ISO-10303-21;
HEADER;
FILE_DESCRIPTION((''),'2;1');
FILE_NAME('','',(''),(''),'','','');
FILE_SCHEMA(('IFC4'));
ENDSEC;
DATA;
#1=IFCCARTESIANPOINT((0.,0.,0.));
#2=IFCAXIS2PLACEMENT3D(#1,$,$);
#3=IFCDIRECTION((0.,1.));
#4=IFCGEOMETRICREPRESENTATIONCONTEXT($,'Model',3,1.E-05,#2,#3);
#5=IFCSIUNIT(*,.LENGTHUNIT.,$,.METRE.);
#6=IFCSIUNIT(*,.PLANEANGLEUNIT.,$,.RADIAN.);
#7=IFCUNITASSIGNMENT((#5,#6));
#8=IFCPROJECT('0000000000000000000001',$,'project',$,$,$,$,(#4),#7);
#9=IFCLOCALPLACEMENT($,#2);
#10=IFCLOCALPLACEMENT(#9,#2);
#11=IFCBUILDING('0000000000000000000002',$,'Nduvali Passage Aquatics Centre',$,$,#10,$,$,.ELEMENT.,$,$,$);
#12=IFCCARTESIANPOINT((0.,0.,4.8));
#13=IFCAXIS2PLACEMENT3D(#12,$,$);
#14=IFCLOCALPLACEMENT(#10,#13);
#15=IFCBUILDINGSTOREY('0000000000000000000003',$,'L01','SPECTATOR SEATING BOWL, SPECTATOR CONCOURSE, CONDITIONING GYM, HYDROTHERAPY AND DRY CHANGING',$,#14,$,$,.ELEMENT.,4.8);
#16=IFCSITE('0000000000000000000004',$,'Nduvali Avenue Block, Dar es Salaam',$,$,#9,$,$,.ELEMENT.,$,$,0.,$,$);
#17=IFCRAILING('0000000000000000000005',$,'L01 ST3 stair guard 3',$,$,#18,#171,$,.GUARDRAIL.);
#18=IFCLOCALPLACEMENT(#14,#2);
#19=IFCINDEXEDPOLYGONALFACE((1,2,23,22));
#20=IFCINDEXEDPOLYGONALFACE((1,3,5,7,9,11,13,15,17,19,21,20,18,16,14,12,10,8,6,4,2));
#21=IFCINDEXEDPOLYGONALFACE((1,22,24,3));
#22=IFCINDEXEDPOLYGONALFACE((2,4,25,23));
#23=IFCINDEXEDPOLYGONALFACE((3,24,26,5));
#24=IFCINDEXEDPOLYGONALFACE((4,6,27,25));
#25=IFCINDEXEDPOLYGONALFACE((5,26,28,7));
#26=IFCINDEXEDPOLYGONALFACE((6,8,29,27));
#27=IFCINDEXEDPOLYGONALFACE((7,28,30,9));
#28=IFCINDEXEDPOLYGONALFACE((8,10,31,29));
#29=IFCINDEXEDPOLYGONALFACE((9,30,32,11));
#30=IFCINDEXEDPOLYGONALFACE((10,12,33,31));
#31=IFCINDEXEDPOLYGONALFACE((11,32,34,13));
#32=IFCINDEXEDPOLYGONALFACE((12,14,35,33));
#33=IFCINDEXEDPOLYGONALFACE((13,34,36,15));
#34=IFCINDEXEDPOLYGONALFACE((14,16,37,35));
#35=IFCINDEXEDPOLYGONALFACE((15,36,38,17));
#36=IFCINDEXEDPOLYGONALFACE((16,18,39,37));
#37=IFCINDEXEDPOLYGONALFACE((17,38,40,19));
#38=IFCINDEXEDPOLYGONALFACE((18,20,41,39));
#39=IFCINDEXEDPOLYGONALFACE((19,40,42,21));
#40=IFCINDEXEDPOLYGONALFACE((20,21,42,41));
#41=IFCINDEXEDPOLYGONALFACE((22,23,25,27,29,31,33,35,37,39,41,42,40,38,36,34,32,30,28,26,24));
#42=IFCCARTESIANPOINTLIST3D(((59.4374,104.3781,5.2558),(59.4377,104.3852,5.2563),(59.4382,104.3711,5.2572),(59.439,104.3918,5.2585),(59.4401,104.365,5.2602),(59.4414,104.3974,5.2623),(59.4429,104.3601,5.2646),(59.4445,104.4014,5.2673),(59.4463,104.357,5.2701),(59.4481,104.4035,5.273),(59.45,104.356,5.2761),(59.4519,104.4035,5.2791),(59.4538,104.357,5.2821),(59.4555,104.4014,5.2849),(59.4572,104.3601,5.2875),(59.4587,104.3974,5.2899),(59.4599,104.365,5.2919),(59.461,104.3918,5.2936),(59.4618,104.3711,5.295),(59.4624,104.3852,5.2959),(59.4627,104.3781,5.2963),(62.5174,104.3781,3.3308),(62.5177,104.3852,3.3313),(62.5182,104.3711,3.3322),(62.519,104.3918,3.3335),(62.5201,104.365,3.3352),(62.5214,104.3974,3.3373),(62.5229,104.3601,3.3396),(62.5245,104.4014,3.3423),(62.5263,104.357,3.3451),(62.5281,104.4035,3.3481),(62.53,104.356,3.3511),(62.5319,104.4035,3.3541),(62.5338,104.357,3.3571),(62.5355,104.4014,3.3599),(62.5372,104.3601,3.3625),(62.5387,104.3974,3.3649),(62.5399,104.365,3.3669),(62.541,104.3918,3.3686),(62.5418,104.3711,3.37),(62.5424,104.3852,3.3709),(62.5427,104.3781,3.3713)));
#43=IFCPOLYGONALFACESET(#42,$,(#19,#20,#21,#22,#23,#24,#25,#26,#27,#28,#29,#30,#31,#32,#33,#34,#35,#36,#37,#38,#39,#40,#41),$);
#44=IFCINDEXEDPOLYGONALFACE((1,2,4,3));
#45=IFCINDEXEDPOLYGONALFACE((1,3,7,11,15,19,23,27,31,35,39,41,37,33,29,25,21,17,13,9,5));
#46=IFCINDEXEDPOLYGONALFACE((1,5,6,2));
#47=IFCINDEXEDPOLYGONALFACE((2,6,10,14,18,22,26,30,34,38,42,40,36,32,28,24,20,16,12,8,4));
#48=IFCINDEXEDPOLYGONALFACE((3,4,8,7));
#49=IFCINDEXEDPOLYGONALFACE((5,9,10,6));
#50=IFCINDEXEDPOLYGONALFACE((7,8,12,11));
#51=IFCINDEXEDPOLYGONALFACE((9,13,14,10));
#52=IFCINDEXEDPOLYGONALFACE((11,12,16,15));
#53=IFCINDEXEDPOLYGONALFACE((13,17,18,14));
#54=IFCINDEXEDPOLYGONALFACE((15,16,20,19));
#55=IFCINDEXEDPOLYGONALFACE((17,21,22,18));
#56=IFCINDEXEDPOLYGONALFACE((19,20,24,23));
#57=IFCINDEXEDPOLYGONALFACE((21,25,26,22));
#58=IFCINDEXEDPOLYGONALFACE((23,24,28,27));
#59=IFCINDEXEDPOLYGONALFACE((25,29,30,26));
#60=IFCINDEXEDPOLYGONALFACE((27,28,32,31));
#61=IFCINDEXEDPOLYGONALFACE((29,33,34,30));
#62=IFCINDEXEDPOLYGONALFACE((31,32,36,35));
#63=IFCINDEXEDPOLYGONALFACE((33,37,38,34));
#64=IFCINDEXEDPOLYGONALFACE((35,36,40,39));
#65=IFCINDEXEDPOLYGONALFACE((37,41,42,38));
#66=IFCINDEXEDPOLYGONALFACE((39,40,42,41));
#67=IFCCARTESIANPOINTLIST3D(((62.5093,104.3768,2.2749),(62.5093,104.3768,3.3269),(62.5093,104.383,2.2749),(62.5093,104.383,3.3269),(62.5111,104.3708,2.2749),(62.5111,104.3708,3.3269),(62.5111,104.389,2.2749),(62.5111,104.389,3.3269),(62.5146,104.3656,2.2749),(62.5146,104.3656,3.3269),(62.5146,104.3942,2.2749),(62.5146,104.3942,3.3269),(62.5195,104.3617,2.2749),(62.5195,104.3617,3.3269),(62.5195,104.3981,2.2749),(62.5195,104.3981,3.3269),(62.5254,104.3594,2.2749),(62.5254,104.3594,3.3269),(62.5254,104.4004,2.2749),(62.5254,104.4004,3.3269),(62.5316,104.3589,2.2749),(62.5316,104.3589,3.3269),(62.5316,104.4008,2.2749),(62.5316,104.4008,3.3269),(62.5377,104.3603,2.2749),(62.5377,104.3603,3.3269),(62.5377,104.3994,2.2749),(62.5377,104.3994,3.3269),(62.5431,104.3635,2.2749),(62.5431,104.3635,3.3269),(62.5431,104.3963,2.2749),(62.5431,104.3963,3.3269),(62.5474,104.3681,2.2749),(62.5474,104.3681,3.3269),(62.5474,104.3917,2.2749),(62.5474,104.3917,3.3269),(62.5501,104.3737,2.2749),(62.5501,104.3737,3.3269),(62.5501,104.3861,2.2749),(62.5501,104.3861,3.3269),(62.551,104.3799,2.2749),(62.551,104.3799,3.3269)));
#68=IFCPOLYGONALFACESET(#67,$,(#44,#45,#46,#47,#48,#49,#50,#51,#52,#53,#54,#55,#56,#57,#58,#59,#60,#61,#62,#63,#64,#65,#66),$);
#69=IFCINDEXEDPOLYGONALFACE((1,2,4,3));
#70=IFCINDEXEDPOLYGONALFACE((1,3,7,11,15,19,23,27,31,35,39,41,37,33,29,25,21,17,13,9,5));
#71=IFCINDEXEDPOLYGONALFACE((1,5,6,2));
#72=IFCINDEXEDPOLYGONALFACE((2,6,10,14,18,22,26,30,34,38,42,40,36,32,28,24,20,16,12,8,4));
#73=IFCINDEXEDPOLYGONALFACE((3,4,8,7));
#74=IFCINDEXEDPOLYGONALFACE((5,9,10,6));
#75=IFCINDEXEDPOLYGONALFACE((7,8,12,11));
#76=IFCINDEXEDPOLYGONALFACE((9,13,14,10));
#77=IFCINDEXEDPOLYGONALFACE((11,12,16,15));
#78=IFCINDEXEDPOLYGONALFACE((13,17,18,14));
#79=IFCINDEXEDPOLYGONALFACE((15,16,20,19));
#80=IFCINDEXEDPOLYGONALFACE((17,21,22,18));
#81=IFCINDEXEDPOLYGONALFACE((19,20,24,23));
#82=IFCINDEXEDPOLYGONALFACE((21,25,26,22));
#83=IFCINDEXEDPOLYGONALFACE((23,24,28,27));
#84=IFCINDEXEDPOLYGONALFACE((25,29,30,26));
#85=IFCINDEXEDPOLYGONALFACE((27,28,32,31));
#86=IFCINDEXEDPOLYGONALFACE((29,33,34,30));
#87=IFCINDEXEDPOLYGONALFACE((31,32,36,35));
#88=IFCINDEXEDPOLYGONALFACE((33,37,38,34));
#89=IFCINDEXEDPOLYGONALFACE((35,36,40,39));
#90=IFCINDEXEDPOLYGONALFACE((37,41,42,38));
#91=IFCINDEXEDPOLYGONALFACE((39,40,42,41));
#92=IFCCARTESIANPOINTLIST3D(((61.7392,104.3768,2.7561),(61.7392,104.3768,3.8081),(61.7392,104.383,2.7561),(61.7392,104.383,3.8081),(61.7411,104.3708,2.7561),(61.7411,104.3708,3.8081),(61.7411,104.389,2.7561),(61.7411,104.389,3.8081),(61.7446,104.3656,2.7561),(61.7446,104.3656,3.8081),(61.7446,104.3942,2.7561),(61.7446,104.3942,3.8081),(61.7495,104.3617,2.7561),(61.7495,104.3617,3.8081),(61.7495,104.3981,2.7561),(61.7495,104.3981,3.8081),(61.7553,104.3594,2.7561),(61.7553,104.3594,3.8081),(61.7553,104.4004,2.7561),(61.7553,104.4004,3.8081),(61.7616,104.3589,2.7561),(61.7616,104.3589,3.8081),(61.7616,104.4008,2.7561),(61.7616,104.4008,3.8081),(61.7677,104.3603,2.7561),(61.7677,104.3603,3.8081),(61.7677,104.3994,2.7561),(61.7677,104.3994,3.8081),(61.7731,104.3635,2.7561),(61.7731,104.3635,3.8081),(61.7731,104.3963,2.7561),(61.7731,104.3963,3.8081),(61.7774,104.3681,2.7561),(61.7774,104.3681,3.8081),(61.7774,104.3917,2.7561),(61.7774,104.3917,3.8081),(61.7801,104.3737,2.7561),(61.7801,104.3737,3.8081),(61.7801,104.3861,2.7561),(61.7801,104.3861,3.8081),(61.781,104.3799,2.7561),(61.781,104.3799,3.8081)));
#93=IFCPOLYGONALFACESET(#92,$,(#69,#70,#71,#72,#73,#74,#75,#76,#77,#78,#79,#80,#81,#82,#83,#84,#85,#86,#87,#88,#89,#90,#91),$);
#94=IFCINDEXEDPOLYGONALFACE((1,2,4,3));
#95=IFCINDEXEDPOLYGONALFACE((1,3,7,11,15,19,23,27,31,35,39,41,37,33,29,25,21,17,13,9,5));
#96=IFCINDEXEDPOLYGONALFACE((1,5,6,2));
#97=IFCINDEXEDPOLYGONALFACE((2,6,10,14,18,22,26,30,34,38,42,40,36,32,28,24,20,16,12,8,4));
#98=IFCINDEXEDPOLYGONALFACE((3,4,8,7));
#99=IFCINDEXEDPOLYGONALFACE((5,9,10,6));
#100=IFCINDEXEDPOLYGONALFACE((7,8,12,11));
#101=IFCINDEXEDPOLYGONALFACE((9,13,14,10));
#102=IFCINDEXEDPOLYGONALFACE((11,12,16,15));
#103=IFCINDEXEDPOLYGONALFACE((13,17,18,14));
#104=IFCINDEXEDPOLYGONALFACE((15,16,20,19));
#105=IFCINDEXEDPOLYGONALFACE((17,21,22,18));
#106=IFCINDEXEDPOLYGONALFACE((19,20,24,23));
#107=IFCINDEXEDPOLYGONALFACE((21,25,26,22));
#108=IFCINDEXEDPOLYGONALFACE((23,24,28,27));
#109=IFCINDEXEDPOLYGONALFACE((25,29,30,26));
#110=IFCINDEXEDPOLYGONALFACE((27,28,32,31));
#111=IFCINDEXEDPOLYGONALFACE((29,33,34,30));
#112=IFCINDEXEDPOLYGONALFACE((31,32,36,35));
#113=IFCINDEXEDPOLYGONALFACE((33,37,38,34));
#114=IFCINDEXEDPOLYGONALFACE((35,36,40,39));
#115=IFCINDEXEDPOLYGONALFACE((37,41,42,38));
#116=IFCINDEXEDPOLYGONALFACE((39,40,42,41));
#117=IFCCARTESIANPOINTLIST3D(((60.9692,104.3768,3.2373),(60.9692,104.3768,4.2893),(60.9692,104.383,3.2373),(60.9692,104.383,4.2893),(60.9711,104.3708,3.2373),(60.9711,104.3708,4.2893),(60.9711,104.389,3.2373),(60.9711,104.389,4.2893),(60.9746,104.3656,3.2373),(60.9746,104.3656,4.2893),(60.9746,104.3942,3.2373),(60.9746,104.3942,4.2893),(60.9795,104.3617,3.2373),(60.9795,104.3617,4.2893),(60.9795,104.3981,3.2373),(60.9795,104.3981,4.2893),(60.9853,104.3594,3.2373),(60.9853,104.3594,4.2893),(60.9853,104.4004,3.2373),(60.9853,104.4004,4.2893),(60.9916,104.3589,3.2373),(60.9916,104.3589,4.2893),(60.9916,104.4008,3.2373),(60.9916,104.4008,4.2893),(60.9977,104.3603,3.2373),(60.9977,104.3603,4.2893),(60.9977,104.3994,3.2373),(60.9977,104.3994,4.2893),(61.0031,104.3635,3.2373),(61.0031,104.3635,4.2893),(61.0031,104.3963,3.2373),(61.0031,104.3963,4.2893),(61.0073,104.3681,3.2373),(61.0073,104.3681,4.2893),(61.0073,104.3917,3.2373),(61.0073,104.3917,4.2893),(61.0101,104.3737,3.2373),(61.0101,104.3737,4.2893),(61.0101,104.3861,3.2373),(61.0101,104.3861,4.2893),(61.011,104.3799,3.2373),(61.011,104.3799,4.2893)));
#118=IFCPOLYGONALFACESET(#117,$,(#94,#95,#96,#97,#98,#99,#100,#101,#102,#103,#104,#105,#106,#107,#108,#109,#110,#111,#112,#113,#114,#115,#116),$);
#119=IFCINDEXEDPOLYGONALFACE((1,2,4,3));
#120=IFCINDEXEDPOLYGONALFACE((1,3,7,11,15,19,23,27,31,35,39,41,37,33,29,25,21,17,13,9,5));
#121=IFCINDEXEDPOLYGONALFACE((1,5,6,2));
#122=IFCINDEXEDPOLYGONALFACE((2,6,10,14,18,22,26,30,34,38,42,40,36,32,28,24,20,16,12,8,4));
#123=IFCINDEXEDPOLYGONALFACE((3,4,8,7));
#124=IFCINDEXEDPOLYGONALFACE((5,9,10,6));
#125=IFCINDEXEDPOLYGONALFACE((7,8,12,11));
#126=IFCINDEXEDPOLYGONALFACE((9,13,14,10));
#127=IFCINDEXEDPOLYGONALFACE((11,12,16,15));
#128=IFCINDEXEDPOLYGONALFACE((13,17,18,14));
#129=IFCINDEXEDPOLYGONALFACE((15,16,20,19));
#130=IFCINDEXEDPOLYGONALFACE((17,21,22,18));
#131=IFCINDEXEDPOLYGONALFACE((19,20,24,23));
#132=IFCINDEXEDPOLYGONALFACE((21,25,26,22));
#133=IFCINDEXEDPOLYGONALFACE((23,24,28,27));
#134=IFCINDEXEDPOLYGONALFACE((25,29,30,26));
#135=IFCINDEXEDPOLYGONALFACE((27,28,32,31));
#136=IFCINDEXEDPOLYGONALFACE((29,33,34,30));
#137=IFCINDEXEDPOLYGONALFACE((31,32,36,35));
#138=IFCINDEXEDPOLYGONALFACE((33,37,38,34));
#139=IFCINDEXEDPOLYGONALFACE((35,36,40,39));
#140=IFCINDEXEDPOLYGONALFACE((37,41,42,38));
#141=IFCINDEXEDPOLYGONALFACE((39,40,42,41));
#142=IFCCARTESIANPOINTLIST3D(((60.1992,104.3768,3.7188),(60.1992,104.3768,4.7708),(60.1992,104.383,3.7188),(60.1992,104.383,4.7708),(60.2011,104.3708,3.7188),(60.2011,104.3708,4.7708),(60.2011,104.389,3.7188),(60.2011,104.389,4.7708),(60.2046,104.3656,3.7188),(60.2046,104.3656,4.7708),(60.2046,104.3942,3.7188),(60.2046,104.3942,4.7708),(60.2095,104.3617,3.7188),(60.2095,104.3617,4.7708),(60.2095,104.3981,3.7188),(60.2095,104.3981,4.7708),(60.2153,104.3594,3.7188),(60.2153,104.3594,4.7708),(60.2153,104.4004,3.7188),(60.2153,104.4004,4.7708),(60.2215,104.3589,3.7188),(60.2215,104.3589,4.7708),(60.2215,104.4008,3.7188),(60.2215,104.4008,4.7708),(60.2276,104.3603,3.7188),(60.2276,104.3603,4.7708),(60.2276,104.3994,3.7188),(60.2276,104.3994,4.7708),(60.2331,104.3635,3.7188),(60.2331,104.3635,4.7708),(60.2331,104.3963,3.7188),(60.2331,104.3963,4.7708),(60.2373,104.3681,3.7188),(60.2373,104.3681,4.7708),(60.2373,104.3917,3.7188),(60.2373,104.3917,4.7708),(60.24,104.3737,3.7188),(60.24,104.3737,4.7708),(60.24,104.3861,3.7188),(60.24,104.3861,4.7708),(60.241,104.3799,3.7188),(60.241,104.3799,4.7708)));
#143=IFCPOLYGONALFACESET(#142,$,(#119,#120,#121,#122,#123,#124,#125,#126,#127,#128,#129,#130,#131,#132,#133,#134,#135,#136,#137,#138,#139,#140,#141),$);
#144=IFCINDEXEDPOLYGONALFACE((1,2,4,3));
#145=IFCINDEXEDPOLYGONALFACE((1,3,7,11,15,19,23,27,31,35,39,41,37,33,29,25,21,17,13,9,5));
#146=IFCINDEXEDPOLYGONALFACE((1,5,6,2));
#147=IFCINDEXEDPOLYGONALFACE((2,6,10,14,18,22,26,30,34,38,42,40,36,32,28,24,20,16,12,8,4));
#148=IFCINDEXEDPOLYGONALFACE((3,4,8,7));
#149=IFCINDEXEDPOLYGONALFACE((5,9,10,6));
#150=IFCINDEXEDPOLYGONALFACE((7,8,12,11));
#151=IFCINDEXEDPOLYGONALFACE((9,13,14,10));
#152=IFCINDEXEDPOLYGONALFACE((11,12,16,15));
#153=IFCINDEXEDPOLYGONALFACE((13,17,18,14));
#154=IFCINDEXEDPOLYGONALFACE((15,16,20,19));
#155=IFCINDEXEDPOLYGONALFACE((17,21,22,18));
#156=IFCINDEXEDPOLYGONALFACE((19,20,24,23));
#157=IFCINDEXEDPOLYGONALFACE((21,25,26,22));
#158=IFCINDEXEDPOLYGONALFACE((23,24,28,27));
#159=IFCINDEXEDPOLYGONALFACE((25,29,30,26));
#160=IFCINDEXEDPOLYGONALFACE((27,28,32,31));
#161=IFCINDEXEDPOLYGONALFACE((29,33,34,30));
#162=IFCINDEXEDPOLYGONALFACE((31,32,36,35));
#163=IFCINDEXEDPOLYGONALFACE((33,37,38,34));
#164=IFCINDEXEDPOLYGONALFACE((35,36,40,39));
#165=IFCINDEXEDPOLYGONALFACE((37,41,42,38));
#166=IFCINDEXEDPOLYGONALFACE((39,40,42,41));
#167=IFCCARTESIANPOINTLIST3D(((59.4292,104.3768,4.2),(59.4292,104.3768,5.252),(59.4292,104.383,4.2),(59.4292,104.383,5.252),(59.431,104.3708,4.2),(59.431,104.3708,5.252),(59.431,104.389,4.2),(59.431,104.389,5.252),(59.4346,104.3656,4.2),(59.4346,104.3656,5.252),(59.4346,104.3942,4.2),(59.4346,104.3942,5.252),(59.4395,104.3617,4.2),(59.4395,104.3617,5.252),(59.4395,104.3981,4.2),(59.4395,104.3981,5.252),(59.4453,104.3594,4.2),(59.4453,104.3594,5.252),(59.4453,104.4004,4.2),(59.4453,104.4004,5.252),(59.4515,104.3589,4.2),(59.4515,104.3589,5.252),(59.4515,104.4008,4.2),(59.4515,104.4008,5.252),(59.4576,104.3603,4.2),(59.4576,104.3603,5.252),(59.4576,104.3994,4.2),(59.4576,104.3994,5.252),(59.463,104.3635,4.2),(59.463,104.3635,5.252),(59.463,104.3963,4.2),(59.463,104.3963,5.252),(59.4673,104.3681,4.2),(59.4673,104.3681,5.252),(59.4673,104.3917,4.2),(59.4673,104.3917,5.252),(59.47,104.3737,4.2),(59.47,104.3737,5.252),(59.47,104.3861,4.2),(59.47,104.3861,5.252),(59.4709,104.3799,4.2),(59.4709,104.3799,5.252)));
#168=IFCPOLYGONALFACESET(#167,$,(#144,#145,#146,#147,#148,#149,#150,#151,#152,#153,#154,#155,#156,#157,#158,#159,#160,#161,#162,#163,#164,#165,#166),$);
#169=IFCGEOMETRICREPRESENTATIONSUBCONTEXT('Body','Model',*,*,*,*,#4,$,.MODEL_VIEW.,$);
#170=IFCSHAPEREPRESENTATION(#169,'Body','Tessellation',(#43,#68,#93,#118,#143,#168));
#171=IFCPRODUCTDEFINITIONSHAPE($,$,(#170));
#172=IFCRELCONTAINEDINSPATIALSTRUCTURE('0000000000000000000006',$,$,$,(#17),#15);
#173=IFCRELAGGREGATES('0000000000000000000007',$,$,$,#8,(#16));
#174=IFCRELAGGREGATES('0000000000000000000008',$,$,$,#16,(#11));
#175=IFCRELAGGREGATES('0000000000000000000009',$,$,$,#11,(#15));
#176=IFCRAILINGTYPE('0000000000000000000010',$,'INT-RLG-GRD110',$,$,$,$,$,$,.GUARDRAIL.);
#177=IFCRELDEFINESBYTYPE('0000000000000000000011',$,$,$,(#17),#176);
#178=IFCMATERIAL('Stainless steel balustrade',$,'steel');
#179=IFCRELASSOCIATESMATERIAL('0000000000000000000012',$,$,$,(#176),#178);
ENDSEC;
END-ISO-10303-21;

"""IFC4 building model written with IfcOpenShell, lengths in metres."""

from ifc_helpers import new_model, si_unit, direction, frame, origin, origin_2d, place, context, subcontext, project, spatial, circle, extrude, material, type_object, element, save


model = new_model("IFC4")

# Units and contexts
model_context = context("Model", 3, precision=1e-05, world=origin(), true_north=direction((0.0, 1.0)))
body_context = subcontext(model_context, "Body", "Model", "MODEL_VIEW")
ifc_project = project(units=[si_unit("LENGTHUNIT", "METRE"), si_unit("PLANEANGLEUNIT", "RADIAN")], contexts=[model_context])

# Site, building, storey
site_placement = place(None, origin())
site = spatial("IfcSite", under=ifc_project, at=site_placement, Name="Nduvali Avenue Block, Dar es Salaam", CompositionType="ELEMENT", RefElevation=0.0)
building_placement = place(site_placement, origin())
building = spatial("IfcBuilding", under=site, at=building_placement, Name="Nduvali Passage Aquatics Centre", CompositionType="ELEMENT")
storey_placement = place(building_placement, frame((0.0, 0.0, 4.8)))
storey = spatial("IfcBuildingStorey", under=building, at=storey_placement, Name="L01", Description="SPECTATOR SEATING BOWL, SPECTATOR CONCOURSE, CONDITIONING GYM, HYDROTHERAPY AND DRY CHANGING", CompositionType="ELEMENT", Elevation=4.8)

# Railing
ifc_material_1 = material(Name="Stainless steel balustrade", Category="steel")
railing_type_1 = type_object("IfcRailingType", Name="INT-RLG-GRD110", PredefinedType="GUARDRAIL", material=ifc_material_1)
railing_1_placement = place(storey_placement, frame((62.53, 104.3799, 2.2749)))
element("IfcRailing", 1, at=railing_1_placement, inside=storey, type_object=railing_type_1, Name="L01 ST3 stair guard 3", PredefinedType="GUARDRAIL", context=body_context, shape_type="SweptSolid", body=[
    extrude(circle(Radius=0.0239, at=origin_2d()), frame((0.0, 0.0, 1.0762), z_axis=(-0.847998, 0.0, 0.529999), x_axis=(0.0, -1.0, 0.0)), (0.0, 0.0, 1.0), 3.6321),
    extrude(circle(Radius=0.021, at=origin_2d()), origin(), (0.0, 0.0, 1.0), 1.052),
    extrude(circle(Radius=0.021, at=origin_2d()), frame((-0.77, 0.0, 0.4812)), (0.0, 0.0, 1.0), 1.052),
    extrude(circle(Radius=0.021, at=origin_2d()), frame((-1.54, 0.0, 0.9624)), (0.0, 0.0, 1.0), 1.052),
    extrude(circle(Radius=0.021, at=origin_2d()), frame((-2.3101, 0.0, 1.4438)), (0.0, 0.0, 1.0), 1.052),
    extrude(circle(Radius=0.021, at=origin_2d()), frame((-3.0801, 0.0, 1.925)), (0.0, 0.0, 1.0), 1.052),
])

save(model, "model.ifc")
